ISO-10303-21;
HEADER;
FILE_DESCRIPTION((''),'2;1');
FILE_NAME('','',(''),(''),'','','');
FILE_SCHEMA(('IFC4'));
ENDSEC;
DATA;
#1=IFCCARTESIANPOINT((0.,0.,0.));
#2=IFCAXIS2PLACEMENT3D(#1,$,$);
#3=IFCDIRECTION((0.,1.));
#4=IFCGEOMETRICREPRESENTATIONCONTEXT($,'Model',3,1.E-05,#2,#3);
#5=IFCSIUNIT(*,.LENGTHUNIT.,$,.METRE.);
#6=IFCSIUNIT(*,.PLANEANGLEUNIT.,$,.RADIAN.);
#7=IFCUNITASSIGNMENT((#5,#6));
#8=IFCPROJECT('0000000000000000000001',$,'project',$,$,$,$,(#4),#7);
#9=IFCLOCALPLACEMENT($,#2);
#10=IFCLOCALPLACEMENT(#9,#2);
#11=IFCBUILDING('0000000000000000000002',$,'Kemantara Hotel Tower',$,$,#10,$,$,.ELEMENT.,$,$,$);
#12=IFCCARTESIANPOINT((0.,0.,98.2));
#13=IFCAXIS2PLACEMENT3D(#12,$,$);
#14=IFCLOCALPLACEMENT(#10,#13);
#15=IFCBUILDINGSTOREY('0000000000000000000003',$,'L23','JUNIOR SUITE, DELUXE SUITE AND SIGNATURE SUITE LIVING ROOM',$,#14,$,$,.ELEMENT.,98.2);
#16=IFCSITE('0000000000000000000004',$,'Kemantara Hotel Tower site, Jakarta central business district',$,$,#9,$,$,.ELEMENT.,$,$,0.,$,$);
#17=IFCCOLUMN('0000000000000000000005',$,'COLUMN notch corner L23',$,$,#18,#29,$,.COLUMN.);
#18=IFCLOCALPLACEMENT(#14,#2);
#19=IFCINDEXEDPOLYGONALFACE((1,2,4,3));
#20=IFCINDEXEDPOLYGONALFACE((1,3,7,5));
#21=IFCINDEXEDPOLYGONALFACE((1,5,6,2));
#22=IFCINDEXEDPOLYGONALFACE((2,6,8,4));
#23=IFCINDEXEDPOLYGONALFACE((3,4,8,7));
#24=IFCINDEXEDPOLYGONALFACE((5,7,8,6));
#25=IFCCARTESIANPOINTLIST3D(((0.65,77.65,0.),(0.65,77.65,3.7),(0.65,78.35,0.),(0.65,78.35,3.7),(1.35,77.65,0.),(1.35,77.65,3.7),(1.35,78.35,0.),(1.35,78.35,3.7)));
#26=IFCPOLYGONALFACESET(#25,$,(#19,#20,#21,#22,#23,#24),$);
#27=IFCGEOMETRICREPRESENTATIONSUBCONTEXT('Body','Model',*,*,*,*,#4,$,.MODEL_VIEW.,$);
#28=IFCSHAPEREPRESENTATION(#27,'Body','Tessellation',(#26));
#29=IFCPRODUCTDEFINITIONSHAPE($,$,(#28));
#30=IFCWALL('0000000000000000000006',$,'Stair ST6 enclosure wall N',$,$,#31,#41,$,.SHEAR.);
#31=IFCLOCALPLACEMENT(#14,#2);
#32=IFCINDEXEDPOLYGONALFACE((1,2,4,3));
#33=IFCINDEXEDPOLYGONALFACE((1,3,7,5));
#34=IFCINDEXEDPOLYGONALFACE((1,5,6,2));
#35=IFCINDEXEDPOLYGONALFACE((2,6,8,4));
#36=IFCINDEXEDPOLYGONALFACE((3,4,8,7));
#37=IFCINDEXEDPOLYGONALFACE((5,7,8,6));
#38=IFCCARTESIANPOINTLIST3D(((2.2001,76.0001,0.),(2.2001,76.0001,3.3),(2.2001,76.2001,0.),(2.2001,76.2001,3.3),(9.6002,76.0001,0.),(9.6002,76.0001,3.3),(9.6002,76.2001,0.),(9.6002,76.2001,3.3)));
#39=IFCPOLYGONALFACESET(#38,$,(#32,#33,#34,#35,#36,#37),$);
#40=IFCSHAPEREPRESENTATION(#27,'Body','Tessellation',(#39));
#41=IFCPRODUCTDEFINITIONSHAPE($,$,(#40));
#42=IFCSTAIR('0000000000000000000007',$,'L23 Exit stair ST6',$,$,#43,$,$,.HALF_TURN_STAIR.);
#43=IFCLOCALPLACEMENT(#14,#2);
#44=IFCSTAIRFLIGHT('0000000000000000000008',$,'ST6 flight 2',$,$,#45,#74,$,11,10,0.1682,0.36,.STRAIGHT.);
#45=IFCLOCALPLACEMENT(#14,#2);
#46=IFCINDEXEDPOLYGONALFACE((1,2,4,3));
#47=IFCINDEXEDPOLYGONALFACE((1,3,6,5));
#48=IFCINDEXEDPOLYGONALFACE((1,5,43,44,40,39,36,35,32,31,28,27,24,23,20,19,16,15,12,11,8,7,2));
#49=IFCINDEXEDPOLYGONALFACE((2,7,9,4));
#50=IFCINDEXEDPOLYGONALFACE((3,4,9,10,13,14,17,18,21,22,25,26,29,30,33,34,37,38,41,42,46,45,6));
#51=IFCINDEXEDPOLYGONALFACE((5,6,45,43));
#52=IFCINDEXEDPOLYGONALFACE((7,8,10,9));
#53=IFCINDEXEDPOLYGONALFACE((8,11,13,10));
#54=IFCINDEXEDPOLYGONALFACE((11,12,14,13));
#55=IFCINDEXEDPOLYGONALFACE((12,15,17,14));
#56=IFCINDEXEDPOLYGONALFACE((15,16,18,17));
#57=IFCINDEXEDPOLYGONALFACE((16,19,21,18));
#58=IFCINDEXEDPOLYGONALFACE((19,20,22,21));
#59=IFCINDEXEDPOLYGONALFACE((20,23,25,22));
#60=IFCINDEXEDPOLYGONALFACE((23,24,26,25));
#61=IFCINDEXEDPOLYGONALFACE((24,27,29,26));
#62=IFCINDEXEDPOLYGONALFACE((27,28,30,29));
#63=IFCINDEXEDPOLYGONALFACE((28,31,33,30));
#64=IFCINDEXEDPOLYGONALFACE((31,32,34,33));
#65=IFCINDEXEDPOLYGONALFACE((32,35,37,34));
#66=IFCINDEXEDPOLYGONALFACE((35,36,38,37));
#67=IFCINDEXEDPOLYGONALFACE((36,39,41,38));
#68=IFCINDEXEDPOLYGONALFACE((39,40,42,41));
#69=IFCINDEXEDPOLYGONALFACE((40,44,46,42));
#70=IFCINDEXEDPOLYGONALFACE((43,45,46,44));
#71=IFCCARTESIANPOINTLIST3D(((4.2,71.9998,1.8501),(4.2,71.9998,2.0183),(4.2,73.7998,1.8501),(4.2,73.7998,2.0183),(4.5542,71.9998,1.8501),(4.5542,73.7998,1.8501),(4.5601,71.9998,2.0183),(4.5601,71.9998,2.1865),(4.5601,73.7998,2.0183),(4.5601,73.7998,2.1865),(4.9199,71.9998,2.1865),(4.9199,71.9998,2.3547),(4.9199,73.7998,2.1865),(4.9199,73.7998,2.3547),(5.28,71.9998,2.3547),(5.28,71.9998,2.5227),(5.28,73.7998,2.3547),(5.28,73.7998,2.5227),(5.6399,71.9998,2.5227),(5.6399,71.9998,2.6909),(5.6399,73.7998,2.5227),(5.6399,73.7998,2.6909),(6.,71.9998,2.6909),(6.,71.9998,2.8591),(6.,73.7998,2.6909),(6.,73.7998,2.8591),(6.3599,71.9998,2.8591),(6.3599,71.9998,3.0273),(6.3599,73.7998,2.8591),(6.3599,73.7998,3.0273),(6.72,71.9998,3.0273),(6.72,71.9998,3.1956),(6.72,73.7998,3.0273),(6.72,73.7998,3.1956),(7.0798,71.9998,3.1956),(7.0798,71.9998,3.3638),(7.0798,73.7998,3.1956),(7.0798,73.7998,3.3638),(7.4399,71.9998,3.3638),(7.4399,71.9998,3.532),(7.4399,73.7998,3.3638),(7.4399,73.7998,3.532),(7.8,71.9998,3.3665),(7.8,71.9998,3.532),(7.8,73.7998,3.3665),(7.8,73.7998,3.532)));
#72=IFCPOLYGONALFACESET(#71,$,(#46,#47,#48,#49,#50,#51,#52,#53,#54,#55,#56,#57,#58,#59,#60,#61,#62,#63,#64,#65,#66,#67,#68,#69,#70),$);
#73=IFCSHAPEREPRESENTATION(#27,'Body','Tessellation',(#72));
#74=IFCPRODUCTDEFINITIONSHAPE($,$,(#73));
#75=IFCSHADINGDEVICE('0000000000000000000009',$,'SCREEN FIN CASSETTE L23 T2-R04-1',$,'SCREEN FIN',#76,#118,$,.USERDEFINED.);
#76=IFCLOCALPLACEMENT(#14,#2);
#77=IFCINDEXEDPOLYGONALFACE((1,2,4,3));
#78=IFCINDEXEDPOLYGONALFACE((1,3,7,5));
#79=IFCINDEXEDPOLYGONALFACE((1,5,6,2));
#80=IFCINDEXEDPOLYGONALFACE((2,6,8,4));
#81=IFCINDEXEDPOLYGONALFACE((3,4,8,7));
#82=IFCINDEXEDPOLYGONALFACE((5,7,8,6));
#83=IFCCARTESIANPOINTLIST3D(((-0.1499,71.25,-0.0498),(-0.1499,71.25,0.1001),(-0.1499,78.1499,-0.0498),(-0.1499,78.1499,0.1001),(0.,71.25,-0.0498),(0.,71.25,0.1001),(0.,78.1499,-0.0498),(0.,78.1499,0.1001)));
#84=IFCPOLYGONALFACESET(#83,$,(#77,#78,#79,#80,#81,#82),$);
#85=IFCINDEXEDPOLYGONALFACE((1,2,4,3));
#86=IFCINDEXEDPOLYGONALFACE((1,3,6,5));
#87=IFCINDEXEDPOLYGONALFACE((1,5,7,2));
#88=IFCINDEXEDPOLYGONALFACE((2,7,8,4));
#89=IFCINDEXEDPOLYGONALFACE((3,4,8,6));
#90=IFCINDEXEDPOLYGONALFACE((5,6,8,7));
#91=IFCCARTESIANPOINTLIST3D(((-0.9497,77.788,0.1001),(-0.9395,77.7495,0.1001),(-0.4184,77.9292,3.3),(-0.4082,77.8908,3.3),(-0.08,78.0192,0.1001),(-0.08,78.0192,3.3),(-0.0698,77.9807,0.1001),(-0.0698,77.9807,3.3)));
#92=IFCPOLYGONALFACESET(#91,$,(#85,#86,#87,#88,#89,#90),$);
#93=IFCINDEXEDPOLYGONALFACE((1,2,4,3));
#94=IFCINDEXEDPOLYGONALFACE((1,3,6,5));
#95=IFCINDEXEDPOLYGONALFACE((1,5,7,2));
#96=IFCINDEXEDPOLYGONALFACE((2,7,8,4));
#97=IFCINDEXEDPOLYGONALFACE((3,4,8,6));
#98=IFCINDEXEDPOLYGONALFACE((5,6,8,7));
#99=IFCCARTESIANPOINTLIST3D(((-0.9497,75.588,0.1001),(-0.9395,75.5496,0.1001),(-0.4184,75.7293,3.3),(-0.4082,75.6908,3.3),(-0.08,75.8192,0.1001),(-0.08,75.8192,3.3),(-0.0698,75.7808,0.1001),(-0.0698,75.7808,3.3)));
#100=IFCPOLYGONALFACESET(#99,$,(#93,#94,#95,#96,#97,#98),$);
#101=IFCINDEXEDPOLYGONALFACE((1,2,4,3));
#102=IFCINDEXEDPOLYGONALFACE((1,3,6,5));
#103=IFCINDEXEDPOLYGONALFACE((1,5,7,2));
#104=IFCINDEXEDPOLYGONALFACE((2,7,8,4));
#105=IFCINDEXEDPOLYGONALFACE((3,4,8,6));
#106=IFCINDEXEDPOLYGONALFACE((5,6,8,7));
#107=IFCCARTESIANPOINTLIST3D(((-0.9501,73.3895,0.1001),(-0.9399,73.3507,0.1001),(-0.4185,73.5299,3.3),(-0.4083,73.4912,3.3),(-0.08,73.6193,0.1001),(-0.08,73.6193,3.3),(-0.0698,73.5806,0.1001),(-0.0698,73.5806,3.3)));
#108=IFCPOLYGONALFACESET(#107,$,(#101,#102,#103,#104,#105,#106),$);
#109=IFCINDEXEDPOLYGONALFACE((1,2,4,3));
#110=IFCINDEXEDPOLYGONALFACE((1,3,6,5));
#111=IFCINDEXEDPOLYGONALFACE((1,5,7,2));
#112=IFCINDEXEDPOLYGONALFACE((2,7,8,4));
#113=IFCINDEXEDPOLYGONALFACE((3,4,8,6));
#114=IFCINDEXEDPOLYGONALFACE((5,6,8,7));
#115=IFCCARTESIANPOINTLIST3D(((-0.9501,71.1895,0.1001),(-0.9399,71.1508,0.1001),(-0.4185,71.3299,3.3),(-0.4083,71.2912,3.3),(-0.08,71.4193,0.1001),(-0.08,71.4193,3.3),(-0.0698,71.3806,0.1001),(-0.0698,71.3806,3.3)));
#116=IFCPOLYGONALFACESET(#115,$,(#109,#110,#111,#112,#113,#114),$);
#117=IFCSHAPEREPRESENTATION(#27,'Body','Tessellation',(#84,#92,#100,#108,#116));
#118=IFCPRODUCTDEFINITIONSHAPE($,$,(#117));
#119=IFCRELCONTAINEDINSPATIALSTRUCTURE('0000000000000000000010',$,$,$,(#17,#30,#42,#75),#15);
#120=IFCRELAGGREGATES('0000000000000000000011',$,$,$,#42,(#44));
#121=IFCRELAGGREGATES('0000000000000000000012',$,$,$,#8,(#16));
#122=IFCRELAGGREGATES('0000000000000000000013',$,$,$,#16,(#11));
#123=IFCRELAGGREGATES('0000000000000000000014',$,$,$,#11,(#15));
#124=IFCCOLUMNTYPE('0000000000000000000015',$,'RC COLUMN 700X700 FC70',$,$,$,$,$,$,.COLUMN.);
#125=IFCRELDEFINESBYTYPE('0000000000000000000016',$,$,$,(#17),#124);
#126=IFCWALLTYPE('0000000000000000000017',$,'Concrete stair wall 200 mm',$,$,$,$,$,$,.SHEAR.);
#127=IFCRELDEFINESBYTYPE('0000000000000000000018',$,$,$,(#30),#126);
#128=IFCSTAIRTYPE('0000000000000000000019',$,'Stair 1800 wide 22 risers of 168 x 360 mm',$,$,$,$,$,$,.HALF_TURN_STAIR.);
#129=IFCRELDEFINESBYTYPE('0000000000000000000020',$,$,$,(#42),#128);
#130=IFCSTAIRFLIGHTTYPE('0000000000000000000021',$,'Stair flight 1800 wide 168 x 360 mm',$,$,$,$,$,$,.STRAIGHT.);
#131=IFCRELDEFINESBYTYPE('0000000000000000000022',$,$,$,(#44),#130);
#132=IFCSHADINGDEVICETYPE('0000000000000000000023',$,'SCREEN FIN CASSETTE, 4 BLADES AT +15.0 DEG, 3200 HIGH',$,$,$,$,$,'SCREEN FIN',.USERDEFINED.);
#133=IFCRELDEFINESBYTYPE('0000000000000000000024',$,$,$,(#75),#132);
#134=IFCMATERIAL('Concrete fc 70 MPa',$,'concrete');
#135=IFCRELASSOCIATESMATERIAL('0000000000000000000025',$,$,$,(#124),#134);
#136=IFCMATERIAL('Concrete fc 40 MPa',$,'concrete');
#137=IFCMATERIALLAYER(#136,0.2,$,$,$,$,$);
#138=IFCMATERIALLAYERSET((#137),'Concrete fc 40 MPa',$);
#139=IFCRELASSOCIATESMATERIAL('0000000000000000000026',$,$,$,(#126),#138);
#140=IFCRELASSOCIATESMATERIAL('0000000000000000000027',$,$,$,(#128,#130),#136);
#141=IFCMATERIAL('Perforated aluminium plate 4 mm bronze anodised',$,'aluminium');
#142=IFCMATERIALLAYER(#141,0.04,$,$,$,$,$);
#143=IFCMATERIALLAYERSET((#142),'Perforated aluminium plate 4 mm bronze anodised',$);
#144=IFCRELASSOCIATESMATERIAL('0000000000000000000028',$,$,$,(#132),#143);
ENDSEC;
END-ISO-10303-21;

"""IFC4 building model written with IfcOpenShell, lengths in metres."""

from ifc_helpers import new_model, si_unit, direction, frame, frame_2d, origin, origin_2d, place, context, subcontext, project, spatial, polyline, rectangle, outline, extrude, source, transform, mapped, material, layer, layer_set, material_profile, profile_set, type_object, element, aggregate, save


model = new_model("IFC4")

# Units and contexts
model_context = context("Model", 3, precision=1e-05, world=origin(), true_north=direction((0.0, 1.0)))
body_context = subcontext(model_context, "Body", "Model", "MODEL_VIEW")
ifc_project = project(units=[si_unit("LENGTHUNIT", "METRE"), si_unit("PLANEANGLEUNIT", "RADIAN")], contexts=[model_context])

# Site, building, storey
site_placement = place(None, origin())
site = spatial("IfcSite", under=ifc_project, at=site_placement, Name="Kemantara Hotel Tower site, Jakarta central business district", CompositionType="ELEMENT", RefElevation=0.0)
building_placement = place(site_placement, origin())
building = spatial("IfcBuilding", under=site, at=building_placement, Name="Kemantara Hotel Tower", CompositionType="ELEMENT")
storey_placement = place(building_placement, frame((0.0, 0.0, 98.2)))
storey = spatial("IfcBuildingStorey", under=building, at=storey_placement, Name="L23", Description="JUNIOR SUITE, DELUXE SUITE AND SIGNATURE SUITE LIVING ROOM", CompositionType="ELEMENT", Elevation=98.2)

# Column
ifc_material_1 = material(Name="Concrete fc 70 MPa", Category="concrete")
ifc_material_profile = material_profile(ifc_material_1, rectangle(XDim=0.7, YDim=0.7, at=origin_2d()), Name="RC 700X700")
ifc_profile_set = profile_set([ifc_material_profile], Name="Concrete fc 70 MPa")
column_type = type_object("IfcColumnType", Name="RC COLUMN 700X700 FC70", PredefinedType="COLUMN", material=ifc_profile_set)
column_placement = place(storey_placement, frame((1.0, 78.0, 0.0), z_axis=(0.0, 0.0, 1.0), x_axis=(1.0, 0.0, 0.0)))
element("IfcColumn", 1, at=column_placement, inside=storey, type_object=column_type, Name="COLUMN notch corner L23", PredefinedType="COLUMN", context=body_context, shape_type="SweptSolid", body=[
    extrude(rectangle(XDim=0.7, YDim=0.7, at=origin_2d()), origin(), (0.0, 0.0, 1.0), 3.7),
])

# Wall
ifc_material_2 = material(Name="Concrete fc 40 MPa", Category="concrete")
ifc_layer_1 = layer(ifc_material_2, 0.2)
ifc_layer_set_1 = layer_set([ifc_layer_1], Name="Concrete fc 40 MPa")
wall_type_1 = type_object("IfcWallType", Name="Concrete stair wall 200 mm", PredefinedType="SHEAR", material=ifc_layer_set_1)
wall_1_placement = place(storey_placement, frame((2.2, 76.1001, 0.0), z_axis=(0.0, 0.0, 1.0), x_axis=(1.0, 0.0, 0.0)))
element("IfcWall", 2, at=wall_1_placement, inside=storey, type_object=wall_type_1, Name="Stair ST6 enclosure wall N", PredefinedType="SHEAR", context=body_context, shape_type="SweptSolid", body=[
    extrude(rectangle(XDim=7.4001, YDim=0.2, at=frame_2d((3.7002, 0.0))), origin(), (0.0, 0.0, 1.0), 3.3),
])

# Stair, stair flight
stair_type = type_object("IfcStairType", Name="Stair 1800 wide 22 risers of 168 x 360 mm", PredefinedType="HALF_TURN_STAIR", material=ifc_material_2)
stair_placement = place(storey_placement, origin())
stair = element("IfcStair", 3, at=stair_placement, inside=storey, type_object=stair_type, Name="L23 Exit stair ST6", PredefinedType="HALF_TURN_STAIR")
stair_flight_type = type_object("IfcStairFlightType", Name="Stair flight 1800 wide 168 x 360 mm", PredefinedType="STRAIGHT", material=ifc_material_2)
stair_flight_placement = place(storey_placement, frame((4.2, 72.8999, 1.8501), z_axis=(0.0, 0.0, 1.0), x_axis=(1.0, 0.0, 0.0)))
stair_flight = element("IfcStairFlight", 4, at=stair_flight_placement, type_object=stair_flight_type, Name="ST6 flight 2", NumberOfRisers=11, NumberOfTreads=10, PredefinedType="STRAIGHT", RiserHeight=0.1682, TreadLength=0.36, context=body_context, shape_type="SweptSolid", body=[
    extrude(outline(polyline([(0.0, 0.0), (0.0, 0.1682), (0.3601, 0.1682), (0.3601, 0.3364), (0.72, 0.3364), (0.72, 0.5046), (1.0801, 0.5046), (1.0801, 0.6726), (1.4399, 0.6726), (1.4399, 0.8408), (1.8, 0.8408), (1.8, 1.009), (2.1599, 1.009), (2.1599, 1.1772), (2.52, 1.1772), (2.52, 1.3455), (2.8799, 1.3455), (2.8799, 1.5137), (3.24, 1.5137), (3.24, 1.6819), (3.6001, 1.6819), (3.6001, 1.8501), (3.6001, 1.5164), (0.3542, 0.0), (0.0, 0.0)])), frame((0.0, 0.8999, 0.0), z_axis=(0.0, -1.0, 0.0), x_axis=(1.0, 0.0, 0.0)), (0.0, 0.0, 1.0), 1.8),
])
aggregate(stair, [stair_flight])

# Shading device
ifc_material_3 = material(Name="Perforated aluminium plate 4 mm bronze anodised", Category="aluminium")
ifc_layer_2 = layer(ifc_material_3, 0.04)
ifc_layer_set_2 = layer_set([ifc_layer_2], Name="Perforated aluminium plate 4 mm bronze anodised")
shading_device_type = type_object("IfcShadingDeviceType", Name="SCREEN FIN CASSETTE, 4 BLADES AT +15.0 DEG, 3200 HIGH", ElementType="SCREEN FIN", PredefinedType="USERDEFINED", material=ifc_layer_set_2)
shared_shape = source(origin(), body_context, "Body", "SweptSolid", [
    extrude(rectangle(XDim=6.8999, YDim=0.1499, at=origin_2d()), frame((3.3, -0.075, -0.1499), z_axis=(0.0, 0.0, 1.0), x_axis=(1.0, 0.0, 0.0)), (0.0, 0.0, 1.0), 0.1499),
    extrude(outline(polyline([(0.0, 0.0), (0.8999, 0.0), (0.3501, 3.2), (0.0, 3.2), (0.0, 0.0)])), frame((0.0193, -0.0698, 0.0), z_axis=(-0.966438, -0.256901, 0.0), x_axis=(0.256901, -0.966438, 0.0)), (0.0, 0.0, 1.0), 0.0398),
    extrude(outline(polyline([(0.0, 0.0), (0.8999, 0.0), (0.3501, 3.2), (0.0, 3.2), (0.0, 0.0)])), frame((2.2192, -0.0698, 0.0), z_axis=(-0.966438, -0.256901, 0.0), x_axis=(0.256901, -0.966438, 0.0)), (0.0, 0.0, 1.0), 0.0398),
    extrude(outline(polyline([(0.0, 0.0), (0.8999, 0.0), (0.3501, 3.2), (0.0, 3.2), (0.0, 0.0)])), frame((4.4194, -0.0698, 0.0), z_axis=(-0.966838, -0.255391, 0.0), x_axis=(0.255391, -0.966838, 0.0)), (0.0, 0.0, 1.0), 0.04),
    extrude(outline(polyline([(0.0, 0.0), (0.8999, 0.0), (0.3501, 3.2), (0.0, 3.2), (0.0, 0.0)])), frame((6.6194, -0.0698, 0.0), z_axis=(-0.966838, -0.255391, 0.0), x_axis=(0.255391, -0.966838, 0.0)), (0.0, 0.0, 1.0), 0.04),
])
shading_device_placement = place(storey_placement, frame((0.0, 78.0, 0.1001), z_axis=(0.0, 0.0, 1.0), x_axis=(0.0, -1.0, 0.0)))
element("IfcShadingDevice", 5, at=shading_device_placement, inside=storey, type_object=shading_device_type, Name="SCREEN FIN CASSETTE L23 T2-R04-1", ObjectType="SCREEN FIN", PredefinedType="USERDEFINED", context=body_context, shape_type="MappedRepresentation", body=[
    mapped(shared_shape, transform((0.0, 0.0, 0.0))),
])

save(model, "model.ifc")
